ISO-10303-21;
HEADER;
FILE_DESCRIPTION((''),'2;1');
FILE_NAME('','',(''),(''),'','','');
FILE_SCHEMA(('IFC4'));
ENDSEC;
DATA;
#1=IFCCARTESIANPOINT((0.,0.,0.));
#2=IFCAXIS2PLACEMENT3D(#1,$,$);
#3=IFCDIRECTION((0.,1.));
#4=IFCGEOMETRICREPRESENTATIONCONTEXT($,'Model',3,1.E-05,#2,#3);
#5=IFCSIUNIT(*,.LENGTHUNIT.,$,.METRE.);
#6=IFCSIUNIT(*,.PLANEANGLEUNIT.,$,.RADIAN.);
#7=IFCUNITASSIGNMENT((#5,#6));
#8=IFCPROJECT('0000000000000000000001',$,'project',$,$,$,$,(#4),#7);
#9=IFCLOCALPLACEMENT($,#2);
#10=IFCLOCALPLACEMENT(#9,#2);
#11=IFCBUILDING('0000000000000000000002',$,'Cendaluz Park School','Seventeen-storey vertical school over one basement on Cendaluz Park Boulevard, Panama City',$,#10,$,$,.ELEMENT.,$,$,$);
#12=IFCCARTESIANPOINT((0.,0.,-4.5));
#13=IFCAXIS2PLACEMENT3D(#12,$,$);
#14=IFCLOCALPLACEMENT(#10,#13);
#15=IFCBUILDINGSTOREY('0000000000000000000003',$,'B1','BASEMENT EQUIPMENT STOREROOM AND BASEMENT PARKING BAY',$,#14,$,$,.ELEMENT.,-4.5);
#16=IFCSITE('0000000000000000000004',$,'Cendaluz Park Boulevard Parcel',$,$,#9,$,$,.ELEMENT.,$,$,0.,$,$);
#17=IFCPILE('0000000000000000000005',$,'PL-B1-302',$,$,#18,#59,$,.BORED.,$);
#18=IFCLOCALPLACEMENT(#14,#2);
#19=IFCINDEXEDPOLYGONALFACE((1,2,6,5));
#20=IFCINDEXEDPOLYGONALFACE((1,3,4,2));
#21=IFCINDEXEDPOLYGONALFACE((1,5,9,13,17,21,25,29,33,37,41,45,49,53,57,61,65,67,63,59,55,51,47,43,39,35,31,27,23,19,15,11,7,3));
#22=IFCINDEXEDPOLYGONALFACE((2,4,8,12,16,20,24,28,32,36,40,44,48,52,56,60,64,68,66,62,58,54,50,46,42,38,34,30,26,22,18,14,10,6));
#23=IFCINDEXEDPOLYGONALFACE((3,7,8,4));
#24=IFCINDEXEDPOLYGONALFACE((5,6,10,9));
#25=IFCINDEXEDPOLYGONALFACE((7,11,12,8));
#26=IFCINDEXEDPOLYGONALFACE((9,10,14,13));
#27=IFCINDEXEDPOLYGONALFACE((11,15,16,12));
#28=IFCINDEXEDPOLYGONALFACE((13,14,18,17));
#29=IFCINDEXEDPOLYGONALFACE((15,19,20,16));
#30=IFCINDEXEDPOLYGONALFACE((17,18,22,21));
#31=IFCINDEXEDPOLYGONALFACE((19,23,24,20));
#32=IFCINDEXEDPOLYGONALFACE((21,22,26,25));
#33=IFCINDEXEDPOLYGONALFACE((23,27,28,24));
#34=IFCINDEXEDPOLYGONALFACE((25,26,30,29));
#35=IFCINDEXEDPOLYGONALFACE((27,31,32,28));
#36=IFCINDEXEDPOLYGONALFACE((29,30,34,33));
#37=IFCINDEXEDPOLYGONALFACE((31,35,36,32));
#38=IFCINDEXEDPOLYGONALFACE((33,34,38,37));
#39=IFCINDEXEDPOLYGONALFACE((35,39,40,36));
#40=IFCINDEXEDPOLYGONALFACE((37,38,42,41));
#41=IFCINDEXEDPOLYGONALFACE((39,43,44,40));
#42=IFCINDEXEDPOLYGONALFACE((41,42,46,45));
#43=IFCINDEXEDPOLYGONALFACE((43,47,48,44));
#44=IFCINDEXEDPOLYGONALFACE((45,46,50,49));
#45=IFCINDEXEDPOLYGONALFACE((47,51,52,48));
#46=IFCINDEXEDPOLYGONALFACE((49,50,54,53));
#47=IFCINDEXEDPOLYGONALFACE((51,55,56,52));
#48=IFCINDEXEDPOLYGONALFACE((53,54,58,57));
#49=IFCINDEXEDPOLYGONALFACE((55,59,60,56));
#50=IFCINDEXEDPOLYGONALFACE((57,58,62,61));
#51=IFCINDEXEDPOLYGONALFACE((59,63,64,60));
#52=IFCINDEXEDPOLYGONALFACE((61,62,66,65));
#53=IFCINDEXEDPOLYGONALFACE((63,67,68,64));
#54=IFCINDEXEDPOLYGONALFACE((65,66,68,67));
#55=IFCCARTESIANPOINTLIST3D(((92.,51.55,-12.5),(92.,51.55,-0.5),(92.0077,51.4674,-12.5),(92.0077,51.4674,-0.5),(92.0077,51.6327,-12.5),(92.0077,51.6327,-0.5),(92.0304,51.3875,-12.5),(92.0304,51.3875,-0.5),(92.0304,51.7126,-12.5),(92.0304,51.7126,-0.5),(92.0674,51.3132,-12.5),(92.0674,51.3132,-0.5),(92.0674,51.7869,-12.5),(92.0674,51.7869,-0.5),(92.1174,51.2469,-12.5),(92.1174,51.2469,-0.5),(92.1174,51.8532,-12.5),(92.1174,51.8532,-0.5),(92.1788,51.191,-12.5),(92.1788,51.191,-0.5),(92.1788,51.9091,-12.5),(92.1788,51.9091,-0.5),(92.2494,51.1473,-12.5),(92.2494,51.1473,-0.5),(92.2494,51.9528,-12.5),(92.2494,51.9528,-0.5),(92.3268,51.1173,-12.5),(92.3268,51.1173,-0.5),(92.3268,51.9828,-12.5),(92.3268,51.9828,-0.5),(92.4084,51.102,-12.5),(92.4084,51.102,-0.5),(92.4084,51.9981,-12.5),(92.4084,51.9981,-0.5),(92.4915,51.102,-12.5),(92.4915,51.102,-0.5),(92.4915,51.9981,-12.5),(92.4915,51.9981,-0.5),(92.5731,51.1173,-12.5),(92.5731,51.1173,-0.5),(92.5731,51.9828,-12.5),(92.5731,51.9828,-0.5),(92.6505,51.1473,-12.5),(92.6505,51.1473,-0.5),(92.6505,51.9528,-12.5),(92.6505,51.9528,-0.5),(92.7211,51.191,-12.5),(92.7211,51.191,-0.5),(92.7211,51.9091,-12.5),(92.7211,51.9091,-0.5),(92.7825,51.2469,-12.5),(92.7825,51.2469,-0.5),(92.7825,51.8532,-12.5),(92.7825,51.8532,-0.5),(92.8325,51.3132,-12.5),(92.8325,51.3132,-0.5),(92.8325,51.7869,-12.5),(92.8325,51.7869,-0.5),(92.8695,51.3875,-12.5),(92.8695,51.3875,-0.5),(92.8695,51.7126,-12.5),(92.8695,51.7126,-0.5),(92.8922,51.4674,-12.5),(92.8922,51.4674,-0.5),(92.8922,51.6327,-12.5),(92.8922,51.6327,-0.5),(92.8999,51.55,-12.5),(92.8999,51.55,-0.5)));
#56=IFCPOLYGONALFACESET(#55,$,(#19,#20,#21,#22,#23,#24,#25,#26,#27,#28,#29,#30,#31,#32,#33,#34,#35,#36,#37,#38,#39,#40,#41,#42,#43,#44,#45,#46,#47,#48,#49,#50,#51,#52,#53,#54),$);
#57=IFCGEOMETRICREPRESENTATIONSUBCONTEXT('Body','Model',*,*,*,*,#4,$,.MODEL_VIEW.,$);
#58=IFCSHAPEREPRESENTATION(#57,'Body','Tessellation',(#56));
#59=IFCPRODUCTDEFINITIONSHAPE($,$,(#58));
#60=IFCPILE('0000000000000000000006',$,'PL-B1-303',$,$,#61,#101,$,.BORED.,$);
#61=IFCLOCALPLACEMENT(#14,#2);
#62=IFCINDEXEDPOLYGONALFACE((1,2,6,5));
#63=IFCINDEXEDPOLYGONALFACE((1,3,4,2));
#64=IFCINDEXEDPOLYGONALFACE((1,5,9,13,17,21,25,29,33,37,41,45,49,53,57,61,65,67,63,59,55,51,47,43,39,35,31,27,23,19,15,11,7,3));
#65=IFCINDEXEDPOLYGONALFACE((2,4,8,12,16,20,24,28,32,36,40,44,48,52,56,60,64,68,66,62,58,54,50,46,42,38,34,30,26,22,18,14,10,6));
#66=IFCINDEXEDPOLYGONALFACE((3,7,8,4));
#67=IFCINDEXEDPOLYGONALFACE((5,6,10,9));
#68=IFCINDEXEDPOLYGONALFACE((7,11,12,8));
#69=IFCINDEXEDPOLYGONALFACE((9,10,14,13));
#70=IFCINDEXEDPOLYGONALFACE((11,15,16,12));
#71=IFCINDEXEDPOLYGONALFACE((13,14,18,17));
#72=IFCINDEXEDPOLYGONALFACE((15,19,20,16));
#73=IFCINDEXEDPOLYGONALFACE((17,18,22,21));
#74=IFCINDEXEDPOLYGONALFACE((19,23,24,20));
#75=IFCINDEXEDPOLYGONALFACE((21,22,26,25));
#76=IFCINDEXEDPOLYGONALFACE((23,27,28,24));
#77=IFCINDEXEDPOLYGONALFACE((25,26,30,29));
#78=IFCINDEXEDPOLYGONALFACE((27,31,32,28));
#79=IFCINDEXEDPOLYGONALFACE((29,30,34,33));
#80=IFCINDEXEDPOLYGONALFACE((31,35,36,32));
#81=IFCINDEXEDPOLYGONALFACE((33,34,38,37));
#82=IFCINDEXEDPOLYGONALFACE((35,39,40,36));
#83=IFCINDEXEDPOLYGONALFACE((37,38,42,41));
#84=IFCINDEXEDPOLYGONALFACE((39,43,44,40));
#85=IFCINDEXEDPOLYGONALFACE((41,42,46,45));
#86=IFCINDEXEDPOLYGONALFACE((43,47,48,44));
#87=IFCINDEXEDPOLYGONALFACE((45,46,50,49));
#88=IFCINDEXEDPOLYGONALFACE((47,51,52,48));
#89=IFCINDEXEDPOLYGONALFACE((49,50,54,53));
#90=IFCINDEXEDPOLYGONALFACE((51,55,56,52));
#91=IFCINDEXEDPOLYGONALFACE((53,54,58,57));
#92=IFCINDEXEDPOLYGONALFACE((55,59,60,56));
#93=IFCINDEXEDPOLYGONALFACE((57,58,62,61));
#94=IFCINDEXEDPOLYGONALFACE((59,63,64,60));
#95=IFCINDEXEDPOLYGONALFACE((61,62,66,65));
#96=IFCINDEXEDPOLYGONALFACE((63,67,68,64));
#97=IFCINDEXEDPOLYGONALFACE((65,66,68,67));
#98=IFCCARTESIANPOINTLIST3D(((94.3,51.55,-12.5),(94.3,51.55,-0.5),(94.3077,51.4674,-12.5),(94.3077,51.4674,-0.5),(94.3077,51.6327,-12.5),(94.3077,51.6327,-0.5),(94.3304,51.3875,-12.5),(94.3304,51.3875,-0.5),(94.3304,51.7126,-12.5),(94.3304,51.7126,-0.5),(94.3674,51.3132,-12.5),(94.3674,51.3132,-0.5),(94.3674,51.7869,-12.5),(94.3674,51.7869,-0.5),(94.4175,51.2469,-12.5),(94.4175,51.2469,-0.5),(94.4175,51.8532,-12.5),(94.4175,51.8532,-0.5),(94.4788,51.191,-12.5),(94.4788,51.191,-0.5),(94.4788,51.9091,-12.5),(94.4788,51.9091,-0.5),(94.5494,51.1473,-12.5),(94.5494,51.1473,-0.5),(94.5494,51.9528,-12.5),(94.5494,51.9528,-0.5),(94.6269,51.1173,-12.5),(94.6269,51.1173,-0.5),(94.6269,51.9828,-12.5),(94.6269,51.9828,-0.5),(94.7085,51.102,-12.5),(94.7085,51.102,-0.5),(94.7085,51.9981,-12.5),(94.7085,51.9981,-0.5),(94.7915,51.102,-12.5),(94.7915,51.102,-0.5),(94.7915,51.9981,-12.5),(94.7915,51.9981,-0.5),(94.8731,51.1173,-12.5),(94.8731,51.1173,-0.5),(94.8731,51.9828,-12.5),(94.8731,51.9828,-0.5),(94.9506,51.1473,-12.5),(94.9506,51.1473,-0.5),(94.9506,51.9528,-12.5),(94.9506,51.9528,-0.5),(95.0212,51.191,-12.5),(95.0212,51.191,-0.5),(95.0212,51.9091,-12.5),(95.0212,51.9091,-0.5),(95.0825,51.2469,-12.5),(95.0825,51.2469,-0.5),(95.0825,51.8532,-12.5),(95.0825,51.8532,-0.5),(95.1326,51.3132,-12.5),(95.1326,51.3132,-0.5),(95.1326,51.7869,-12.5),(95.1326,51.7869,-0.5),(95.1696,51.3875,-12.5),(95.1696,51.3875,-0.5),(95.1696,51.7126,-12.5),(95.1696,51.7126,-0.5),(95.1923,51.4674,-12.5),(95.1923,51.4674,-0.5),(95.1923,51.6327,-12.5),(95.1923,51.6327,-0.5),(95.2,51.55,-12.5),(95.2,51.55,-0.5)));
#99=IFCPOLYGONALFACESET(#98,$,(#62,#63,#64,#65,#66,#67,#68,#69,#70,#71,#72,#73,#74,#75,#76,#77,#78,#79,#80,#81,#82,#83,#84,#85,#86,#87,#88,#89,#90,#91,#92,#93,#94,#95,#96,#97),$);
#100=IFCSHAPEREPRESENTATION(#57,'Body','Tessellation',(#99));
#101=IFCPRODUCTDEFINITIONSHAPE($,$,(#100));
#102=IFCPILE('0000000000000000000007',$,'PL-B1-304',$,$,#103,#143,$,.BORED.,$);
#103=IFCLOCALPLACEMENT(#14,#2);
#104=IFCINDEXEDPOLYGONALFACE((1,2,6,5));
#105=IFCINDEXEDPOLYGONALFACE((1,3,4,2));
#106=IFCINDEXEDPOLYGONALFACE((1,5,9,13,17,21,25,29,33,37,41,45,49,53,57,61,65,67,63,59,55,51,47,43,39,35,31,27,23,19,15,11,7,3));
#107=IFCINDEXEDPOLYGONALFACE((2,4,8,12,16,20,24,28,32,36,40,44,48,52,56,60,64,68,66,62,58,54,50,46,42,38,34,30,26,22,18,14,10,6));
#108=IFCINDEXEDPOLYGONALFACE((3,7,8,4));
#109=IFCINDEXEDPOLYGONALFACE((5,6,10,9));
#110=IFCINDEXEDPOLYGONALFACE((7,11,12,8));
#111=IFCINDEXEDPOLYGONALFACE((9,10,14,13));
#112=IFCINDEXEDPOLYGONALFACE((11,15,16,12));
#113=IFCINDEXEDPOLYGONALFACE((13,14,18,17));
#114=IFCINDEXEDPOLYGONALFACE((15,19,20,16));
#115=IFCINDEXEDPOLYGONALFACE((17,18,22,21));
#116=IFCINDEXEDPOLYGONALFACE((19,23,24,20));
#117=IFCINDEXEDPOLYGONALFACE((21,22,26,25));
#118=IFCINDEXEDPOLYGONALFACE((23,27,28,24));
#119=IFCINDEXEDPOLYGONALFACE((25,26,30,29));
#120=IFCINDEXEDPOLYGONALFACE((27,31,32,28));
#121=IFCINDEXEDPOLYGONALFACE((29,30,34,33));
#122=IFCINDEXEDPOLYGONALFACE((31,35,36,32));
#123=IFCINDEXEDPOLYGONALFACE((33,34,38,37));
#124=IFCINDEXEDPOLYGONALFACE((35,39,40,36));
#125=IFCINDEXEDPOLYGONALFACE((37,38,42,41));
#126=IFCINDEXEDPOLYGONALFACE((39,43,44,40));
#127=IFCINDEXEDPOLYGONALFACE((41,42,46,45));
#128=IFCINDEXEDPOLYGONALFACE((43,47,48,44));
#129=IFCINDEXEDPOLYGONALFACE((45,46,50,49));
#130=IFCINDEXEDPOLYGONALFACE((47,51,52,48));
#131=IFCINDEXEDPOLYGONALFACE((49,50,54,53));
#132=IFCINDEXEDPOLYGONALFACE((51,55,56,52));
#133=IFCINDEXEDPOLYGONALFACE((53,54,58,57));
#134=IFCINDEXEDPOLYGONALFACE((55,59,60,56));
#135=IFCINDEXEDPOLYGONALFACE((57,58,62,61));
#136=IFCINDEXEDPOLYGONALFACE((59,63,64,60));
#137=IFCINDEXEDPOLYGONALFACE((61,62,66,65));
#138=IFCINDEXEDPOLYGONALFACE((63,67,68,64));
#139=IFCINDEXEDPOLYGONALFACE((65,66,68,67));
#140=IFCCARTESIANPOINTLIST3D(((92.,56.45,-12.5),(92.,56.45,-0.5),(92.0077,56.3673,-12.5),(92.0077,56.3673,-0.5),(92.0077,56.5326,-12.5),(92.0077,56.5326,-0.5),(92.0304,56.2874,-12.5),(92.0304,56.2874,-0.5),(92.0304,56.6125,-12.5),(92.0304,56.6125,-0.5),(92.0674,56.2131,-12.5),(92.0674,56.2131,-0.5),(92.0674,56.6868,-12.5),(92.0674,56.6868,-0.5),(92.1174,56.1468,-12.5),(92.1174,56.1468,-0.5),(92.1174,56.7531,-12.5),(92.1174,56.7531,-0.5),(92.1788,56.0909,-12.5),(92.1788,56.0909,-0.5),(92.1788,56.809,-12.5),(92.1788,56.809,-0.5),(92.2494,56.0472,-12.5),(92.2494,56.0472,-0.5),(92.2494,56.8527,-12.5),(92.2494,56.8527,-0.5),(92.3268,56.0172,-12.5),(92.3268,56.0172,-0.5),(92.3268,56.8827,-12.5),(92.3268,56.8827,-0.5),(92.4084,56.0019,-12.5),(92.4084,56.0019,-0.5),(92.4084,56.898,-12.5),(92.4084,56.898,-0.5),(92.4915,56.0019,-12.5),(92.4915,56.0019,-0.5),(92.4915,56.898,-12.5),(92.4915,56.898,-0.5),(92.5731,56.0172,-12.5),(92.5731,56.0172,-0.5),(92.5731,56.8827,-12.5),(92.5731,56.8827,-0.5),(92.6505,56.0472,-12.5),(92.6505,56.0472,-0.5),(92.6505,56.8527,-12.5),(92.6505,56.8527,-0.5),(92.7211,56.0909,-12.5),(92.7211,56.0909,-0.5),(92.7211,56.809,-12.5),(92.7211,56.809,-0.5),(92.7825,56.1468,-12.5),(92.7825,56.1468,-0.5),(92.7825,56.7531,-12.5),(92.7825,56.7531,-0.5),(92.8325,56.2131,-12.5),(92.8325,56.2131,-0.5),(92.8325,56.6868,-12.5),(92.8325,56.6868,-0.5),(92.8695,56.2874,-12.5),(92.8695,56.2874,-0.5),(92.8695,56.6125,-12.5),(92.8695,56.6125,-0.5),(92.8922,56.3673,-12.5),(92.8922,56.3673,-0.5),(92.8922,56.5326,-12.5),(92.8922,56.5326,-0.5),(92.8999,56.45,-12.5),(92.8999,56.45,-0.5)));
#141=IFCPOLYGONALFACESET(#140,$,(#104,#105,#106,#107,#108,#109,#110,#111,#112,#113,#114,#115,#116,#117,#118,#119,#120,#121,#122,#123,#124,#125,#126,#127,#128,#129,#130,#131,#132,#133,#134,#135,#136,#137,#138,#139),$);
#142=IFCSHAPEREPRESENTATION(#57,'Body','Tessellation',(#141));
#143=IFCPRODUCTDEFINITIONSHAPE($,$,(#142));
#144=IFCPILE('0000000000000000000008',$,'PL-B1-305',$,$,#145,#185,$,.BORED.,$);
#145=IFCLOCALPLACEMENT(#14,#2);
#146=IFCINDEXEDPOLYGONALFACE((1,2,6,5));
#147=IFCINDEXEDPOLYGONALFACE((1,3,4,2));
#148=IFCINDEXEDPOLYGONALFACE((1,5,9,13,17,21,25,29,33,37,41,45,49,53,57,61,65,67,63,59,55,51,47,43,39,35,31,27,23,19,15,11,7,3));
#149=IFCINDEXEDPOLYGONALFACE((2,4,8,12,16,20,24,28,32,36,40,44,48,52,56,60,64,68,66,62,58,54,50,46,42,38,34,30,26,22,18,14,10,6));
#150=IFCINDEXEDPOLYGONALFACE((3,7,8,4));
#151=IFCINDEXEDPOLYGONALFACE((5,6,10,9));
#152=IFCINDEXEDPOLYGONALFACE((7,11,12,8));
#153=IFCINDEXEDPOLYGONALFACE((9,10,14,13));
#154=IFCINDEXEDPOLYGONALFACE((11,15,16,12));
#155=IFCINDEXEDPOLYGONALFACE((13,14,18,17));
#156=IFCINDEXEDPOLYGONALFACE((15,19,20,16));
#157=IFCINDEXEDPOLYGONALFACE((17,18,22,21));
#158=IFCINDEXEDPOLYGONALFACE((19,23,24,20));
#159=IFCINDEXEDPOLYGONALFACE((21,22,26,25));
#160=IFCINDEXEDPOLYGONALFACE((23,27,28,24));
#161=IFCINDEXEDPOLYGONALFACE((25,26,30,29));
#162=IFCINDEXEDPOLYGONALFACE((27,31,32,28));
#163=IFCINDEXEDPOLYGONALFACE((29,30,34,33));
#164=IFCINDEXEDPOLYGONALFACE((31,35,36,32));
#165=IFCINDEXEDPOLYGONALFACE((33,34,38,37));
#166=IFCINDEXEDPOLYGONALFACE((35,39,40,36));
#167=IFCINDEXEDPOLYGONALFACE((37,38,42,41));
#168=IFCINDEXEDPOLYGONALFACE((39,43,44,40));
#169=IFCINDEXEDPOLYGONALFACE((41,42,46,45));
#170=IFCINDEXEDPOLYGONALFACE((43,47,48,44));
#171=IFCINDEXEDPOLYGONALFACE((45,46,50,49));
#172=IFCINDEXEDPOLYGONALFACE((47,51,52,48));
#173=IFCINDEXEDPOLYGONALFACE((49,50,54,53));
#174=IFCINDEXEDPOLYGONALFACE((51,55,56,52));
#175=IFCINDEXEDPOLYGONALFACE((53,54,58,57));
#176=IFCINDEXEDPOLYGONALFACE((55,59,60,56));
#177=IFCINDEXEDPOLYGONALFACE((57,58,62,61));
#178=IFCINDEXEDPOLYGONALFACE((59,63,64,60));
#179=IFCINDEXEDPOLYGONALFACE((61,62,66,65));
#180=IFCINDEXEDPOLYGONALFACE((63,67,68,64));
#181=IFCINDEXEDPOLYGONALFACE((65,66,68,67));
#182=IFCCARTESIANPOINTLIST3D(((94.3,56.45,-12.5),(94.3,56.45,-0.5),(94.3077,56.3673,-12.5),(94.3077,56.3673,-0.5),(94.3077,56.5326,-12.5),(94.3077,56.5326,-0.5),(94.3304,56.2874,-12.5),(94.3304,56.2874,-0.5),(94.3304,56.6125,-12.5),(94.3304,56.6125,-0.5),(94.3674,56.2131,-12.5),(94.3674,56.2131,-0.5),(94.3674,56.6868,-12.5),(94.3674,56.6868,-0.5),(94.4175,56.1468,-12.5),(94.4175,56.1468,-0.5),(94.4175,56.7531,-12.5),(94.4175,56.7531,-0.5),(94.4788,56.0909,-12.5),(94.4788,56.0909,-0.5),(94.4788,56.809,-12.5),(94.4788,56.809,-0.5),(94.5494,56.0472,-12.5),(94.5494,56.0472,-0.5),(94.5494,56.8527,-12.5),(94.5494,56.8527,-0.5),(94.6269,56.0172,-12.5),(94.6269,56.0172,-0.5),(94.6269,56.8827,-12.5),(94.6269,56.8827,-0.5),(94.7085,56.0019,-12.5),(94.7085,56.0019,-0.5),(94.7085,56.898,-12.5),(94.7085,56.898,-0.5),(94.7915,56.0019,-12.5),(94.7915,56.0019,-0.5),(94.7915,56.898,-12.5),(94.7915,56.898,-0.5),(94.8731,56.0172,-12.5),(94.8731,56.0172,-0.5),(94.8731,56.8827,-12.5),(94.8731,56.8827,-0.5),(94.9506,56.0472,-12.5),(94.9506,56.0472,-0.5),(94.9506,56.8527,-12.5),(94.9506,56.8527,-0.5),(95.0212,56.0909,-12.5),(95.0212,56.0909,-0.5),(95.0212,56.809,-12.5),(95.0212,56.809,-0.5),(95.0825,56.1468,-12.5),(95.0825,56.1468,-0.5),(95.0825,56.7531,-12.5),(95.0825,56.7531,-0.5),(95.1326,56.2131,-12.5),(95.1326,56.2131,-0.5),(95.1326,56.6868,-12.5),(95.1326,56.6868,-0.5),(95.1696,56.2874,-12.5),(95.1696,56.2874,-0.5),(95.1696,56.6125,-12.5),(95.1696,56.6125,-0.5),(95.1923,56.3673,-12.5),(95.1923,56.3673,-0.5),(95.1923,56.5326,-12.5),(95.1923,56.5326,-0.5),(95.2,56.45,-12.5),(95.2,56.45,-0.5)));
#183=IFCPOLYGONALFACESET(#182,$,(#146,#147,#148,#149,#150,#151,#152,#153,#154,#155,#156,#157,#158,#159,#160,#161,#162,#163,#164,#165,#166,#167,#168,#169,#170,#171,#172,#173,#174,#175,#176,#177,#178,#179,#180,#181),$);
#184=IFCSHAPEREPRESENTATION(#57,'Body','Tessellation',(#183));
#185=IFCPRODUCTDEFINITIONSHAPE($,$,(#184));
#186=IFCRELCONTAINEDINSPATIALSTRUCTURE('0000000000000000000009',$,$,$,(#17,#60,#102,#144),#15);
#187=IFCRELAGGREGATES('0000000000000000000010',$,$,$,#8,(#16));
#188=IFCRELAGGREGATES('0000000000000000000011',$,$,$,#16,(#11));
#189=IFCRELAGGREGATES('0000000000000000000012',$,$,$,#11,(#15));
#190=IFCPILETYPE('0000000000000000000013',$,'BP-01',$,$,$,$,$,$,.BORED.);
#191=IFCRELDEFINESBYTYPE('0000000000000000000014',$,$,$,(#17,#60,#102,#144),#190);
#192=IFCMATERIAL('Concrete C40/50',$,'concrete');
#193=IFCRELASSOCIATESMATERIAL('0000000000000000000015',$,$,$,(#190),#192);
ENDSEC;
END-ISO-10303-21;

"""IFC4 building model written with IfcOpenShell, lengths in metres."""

from ifc_helpers import new_model, si_unit, direction, frame, origin, origin_2d, place, context, subcontext, project, spatial, circle, extrude, material, material_profile, profile_set, type_object, element, save


model = new_model("IFC4")

# Units and contexts
model_context = context("Model", 3, precision=1e-05, world=origin(), true_north=direction((0.0, 1.0)))
body_context = subcontext(model_context, "Body", "Model", "MODEL_VIEW")
ifc_project = project(units=[si_unit("LENGTHUNIT", "METRE"), si_unit("PLANEANGLEUNIT", "RADIAN")], contexts=[model_context])

# Site, building, storey
site_placement = place(None, origin())
site = spatial("IfcSite", under=ifc_project, at=site_placement, Name="Cendaluz Park Boulevard Parcel", CompositionType="ELEMENT", RefElevation=0.0)
building_placement = place(site_placement, origin())
building = spatial("IfcBuilding", under=site, at=building_placement, Name="Cendaluz Park School", Description="Seventeen-storey vertical school over one basement on Cendaluz Park Boulevard, Panama City", CompositionType="ELEMENT")
storey_placement = place(building_placement, frame((0.0, 0.0, -4.5)))
storey = spatial("IfcBuildingStorey", under=building, at=storey_placement, Name="B1", Description="BASEMENT EQUIPMENT STOREROOM AND BASEMENT PARKING BAY", CompositionType="ELEMENT", Elevation=-4.5)

# Piles
ifc_material_1 = material(Name="Concrete C40/50", Category="concrete")
ifc_material_profile_1 = material_profile(ifc_material_1, circle(Radius=0.45, at=origin_2d()), Name="BP D900", Category="concrete")
ifc_profile_set_1 = profile_set([ifc_material_profile_1], Name="Concrete C40/50")
pile_type = type_object("IfcPileType", Name="BP-01", PredefinedType="BORED", material=ifc_profile_set_1)
for number, where, z_axis, x_axis, name in (
    (1, (92.45, 51.55, -0.5), (0.0, 0.0, -1.0), (1.0, 0.0, 0.0), "PL-B1-302"),
    (2, (94.75, 51.55, -0.5), (0.0, 0.0, -1.0), (1.0, 0.0, 0.0), "PL-B1-303"),
    (3, (92.45, 56.45, -0.5), (0.0, 0.0, -1.0), (1.0, 0.0, 0.0), "PL-B1-304"),
    (4, (94.75, 56.45, -0.5), (0.0, 0.0, -1.0), (1.0, 0.0, 0.0), "PL-B1-305"),
):
    element("IfcPile", number, at=place(storey_placement, frame(where, z_axis=z_axis, x_axis=x_axis)), inside=storey, type_object=pile_type, Name=name, PredefinedType="BORED", context=body_context, shape_type="SweptSolid", body=[
        extrude(circle(Radius=0.45, at=origin_2d()), origin(), (0.0, 0.0, 1.0), 12.0),
    ])

save(model, "model.ifc")
